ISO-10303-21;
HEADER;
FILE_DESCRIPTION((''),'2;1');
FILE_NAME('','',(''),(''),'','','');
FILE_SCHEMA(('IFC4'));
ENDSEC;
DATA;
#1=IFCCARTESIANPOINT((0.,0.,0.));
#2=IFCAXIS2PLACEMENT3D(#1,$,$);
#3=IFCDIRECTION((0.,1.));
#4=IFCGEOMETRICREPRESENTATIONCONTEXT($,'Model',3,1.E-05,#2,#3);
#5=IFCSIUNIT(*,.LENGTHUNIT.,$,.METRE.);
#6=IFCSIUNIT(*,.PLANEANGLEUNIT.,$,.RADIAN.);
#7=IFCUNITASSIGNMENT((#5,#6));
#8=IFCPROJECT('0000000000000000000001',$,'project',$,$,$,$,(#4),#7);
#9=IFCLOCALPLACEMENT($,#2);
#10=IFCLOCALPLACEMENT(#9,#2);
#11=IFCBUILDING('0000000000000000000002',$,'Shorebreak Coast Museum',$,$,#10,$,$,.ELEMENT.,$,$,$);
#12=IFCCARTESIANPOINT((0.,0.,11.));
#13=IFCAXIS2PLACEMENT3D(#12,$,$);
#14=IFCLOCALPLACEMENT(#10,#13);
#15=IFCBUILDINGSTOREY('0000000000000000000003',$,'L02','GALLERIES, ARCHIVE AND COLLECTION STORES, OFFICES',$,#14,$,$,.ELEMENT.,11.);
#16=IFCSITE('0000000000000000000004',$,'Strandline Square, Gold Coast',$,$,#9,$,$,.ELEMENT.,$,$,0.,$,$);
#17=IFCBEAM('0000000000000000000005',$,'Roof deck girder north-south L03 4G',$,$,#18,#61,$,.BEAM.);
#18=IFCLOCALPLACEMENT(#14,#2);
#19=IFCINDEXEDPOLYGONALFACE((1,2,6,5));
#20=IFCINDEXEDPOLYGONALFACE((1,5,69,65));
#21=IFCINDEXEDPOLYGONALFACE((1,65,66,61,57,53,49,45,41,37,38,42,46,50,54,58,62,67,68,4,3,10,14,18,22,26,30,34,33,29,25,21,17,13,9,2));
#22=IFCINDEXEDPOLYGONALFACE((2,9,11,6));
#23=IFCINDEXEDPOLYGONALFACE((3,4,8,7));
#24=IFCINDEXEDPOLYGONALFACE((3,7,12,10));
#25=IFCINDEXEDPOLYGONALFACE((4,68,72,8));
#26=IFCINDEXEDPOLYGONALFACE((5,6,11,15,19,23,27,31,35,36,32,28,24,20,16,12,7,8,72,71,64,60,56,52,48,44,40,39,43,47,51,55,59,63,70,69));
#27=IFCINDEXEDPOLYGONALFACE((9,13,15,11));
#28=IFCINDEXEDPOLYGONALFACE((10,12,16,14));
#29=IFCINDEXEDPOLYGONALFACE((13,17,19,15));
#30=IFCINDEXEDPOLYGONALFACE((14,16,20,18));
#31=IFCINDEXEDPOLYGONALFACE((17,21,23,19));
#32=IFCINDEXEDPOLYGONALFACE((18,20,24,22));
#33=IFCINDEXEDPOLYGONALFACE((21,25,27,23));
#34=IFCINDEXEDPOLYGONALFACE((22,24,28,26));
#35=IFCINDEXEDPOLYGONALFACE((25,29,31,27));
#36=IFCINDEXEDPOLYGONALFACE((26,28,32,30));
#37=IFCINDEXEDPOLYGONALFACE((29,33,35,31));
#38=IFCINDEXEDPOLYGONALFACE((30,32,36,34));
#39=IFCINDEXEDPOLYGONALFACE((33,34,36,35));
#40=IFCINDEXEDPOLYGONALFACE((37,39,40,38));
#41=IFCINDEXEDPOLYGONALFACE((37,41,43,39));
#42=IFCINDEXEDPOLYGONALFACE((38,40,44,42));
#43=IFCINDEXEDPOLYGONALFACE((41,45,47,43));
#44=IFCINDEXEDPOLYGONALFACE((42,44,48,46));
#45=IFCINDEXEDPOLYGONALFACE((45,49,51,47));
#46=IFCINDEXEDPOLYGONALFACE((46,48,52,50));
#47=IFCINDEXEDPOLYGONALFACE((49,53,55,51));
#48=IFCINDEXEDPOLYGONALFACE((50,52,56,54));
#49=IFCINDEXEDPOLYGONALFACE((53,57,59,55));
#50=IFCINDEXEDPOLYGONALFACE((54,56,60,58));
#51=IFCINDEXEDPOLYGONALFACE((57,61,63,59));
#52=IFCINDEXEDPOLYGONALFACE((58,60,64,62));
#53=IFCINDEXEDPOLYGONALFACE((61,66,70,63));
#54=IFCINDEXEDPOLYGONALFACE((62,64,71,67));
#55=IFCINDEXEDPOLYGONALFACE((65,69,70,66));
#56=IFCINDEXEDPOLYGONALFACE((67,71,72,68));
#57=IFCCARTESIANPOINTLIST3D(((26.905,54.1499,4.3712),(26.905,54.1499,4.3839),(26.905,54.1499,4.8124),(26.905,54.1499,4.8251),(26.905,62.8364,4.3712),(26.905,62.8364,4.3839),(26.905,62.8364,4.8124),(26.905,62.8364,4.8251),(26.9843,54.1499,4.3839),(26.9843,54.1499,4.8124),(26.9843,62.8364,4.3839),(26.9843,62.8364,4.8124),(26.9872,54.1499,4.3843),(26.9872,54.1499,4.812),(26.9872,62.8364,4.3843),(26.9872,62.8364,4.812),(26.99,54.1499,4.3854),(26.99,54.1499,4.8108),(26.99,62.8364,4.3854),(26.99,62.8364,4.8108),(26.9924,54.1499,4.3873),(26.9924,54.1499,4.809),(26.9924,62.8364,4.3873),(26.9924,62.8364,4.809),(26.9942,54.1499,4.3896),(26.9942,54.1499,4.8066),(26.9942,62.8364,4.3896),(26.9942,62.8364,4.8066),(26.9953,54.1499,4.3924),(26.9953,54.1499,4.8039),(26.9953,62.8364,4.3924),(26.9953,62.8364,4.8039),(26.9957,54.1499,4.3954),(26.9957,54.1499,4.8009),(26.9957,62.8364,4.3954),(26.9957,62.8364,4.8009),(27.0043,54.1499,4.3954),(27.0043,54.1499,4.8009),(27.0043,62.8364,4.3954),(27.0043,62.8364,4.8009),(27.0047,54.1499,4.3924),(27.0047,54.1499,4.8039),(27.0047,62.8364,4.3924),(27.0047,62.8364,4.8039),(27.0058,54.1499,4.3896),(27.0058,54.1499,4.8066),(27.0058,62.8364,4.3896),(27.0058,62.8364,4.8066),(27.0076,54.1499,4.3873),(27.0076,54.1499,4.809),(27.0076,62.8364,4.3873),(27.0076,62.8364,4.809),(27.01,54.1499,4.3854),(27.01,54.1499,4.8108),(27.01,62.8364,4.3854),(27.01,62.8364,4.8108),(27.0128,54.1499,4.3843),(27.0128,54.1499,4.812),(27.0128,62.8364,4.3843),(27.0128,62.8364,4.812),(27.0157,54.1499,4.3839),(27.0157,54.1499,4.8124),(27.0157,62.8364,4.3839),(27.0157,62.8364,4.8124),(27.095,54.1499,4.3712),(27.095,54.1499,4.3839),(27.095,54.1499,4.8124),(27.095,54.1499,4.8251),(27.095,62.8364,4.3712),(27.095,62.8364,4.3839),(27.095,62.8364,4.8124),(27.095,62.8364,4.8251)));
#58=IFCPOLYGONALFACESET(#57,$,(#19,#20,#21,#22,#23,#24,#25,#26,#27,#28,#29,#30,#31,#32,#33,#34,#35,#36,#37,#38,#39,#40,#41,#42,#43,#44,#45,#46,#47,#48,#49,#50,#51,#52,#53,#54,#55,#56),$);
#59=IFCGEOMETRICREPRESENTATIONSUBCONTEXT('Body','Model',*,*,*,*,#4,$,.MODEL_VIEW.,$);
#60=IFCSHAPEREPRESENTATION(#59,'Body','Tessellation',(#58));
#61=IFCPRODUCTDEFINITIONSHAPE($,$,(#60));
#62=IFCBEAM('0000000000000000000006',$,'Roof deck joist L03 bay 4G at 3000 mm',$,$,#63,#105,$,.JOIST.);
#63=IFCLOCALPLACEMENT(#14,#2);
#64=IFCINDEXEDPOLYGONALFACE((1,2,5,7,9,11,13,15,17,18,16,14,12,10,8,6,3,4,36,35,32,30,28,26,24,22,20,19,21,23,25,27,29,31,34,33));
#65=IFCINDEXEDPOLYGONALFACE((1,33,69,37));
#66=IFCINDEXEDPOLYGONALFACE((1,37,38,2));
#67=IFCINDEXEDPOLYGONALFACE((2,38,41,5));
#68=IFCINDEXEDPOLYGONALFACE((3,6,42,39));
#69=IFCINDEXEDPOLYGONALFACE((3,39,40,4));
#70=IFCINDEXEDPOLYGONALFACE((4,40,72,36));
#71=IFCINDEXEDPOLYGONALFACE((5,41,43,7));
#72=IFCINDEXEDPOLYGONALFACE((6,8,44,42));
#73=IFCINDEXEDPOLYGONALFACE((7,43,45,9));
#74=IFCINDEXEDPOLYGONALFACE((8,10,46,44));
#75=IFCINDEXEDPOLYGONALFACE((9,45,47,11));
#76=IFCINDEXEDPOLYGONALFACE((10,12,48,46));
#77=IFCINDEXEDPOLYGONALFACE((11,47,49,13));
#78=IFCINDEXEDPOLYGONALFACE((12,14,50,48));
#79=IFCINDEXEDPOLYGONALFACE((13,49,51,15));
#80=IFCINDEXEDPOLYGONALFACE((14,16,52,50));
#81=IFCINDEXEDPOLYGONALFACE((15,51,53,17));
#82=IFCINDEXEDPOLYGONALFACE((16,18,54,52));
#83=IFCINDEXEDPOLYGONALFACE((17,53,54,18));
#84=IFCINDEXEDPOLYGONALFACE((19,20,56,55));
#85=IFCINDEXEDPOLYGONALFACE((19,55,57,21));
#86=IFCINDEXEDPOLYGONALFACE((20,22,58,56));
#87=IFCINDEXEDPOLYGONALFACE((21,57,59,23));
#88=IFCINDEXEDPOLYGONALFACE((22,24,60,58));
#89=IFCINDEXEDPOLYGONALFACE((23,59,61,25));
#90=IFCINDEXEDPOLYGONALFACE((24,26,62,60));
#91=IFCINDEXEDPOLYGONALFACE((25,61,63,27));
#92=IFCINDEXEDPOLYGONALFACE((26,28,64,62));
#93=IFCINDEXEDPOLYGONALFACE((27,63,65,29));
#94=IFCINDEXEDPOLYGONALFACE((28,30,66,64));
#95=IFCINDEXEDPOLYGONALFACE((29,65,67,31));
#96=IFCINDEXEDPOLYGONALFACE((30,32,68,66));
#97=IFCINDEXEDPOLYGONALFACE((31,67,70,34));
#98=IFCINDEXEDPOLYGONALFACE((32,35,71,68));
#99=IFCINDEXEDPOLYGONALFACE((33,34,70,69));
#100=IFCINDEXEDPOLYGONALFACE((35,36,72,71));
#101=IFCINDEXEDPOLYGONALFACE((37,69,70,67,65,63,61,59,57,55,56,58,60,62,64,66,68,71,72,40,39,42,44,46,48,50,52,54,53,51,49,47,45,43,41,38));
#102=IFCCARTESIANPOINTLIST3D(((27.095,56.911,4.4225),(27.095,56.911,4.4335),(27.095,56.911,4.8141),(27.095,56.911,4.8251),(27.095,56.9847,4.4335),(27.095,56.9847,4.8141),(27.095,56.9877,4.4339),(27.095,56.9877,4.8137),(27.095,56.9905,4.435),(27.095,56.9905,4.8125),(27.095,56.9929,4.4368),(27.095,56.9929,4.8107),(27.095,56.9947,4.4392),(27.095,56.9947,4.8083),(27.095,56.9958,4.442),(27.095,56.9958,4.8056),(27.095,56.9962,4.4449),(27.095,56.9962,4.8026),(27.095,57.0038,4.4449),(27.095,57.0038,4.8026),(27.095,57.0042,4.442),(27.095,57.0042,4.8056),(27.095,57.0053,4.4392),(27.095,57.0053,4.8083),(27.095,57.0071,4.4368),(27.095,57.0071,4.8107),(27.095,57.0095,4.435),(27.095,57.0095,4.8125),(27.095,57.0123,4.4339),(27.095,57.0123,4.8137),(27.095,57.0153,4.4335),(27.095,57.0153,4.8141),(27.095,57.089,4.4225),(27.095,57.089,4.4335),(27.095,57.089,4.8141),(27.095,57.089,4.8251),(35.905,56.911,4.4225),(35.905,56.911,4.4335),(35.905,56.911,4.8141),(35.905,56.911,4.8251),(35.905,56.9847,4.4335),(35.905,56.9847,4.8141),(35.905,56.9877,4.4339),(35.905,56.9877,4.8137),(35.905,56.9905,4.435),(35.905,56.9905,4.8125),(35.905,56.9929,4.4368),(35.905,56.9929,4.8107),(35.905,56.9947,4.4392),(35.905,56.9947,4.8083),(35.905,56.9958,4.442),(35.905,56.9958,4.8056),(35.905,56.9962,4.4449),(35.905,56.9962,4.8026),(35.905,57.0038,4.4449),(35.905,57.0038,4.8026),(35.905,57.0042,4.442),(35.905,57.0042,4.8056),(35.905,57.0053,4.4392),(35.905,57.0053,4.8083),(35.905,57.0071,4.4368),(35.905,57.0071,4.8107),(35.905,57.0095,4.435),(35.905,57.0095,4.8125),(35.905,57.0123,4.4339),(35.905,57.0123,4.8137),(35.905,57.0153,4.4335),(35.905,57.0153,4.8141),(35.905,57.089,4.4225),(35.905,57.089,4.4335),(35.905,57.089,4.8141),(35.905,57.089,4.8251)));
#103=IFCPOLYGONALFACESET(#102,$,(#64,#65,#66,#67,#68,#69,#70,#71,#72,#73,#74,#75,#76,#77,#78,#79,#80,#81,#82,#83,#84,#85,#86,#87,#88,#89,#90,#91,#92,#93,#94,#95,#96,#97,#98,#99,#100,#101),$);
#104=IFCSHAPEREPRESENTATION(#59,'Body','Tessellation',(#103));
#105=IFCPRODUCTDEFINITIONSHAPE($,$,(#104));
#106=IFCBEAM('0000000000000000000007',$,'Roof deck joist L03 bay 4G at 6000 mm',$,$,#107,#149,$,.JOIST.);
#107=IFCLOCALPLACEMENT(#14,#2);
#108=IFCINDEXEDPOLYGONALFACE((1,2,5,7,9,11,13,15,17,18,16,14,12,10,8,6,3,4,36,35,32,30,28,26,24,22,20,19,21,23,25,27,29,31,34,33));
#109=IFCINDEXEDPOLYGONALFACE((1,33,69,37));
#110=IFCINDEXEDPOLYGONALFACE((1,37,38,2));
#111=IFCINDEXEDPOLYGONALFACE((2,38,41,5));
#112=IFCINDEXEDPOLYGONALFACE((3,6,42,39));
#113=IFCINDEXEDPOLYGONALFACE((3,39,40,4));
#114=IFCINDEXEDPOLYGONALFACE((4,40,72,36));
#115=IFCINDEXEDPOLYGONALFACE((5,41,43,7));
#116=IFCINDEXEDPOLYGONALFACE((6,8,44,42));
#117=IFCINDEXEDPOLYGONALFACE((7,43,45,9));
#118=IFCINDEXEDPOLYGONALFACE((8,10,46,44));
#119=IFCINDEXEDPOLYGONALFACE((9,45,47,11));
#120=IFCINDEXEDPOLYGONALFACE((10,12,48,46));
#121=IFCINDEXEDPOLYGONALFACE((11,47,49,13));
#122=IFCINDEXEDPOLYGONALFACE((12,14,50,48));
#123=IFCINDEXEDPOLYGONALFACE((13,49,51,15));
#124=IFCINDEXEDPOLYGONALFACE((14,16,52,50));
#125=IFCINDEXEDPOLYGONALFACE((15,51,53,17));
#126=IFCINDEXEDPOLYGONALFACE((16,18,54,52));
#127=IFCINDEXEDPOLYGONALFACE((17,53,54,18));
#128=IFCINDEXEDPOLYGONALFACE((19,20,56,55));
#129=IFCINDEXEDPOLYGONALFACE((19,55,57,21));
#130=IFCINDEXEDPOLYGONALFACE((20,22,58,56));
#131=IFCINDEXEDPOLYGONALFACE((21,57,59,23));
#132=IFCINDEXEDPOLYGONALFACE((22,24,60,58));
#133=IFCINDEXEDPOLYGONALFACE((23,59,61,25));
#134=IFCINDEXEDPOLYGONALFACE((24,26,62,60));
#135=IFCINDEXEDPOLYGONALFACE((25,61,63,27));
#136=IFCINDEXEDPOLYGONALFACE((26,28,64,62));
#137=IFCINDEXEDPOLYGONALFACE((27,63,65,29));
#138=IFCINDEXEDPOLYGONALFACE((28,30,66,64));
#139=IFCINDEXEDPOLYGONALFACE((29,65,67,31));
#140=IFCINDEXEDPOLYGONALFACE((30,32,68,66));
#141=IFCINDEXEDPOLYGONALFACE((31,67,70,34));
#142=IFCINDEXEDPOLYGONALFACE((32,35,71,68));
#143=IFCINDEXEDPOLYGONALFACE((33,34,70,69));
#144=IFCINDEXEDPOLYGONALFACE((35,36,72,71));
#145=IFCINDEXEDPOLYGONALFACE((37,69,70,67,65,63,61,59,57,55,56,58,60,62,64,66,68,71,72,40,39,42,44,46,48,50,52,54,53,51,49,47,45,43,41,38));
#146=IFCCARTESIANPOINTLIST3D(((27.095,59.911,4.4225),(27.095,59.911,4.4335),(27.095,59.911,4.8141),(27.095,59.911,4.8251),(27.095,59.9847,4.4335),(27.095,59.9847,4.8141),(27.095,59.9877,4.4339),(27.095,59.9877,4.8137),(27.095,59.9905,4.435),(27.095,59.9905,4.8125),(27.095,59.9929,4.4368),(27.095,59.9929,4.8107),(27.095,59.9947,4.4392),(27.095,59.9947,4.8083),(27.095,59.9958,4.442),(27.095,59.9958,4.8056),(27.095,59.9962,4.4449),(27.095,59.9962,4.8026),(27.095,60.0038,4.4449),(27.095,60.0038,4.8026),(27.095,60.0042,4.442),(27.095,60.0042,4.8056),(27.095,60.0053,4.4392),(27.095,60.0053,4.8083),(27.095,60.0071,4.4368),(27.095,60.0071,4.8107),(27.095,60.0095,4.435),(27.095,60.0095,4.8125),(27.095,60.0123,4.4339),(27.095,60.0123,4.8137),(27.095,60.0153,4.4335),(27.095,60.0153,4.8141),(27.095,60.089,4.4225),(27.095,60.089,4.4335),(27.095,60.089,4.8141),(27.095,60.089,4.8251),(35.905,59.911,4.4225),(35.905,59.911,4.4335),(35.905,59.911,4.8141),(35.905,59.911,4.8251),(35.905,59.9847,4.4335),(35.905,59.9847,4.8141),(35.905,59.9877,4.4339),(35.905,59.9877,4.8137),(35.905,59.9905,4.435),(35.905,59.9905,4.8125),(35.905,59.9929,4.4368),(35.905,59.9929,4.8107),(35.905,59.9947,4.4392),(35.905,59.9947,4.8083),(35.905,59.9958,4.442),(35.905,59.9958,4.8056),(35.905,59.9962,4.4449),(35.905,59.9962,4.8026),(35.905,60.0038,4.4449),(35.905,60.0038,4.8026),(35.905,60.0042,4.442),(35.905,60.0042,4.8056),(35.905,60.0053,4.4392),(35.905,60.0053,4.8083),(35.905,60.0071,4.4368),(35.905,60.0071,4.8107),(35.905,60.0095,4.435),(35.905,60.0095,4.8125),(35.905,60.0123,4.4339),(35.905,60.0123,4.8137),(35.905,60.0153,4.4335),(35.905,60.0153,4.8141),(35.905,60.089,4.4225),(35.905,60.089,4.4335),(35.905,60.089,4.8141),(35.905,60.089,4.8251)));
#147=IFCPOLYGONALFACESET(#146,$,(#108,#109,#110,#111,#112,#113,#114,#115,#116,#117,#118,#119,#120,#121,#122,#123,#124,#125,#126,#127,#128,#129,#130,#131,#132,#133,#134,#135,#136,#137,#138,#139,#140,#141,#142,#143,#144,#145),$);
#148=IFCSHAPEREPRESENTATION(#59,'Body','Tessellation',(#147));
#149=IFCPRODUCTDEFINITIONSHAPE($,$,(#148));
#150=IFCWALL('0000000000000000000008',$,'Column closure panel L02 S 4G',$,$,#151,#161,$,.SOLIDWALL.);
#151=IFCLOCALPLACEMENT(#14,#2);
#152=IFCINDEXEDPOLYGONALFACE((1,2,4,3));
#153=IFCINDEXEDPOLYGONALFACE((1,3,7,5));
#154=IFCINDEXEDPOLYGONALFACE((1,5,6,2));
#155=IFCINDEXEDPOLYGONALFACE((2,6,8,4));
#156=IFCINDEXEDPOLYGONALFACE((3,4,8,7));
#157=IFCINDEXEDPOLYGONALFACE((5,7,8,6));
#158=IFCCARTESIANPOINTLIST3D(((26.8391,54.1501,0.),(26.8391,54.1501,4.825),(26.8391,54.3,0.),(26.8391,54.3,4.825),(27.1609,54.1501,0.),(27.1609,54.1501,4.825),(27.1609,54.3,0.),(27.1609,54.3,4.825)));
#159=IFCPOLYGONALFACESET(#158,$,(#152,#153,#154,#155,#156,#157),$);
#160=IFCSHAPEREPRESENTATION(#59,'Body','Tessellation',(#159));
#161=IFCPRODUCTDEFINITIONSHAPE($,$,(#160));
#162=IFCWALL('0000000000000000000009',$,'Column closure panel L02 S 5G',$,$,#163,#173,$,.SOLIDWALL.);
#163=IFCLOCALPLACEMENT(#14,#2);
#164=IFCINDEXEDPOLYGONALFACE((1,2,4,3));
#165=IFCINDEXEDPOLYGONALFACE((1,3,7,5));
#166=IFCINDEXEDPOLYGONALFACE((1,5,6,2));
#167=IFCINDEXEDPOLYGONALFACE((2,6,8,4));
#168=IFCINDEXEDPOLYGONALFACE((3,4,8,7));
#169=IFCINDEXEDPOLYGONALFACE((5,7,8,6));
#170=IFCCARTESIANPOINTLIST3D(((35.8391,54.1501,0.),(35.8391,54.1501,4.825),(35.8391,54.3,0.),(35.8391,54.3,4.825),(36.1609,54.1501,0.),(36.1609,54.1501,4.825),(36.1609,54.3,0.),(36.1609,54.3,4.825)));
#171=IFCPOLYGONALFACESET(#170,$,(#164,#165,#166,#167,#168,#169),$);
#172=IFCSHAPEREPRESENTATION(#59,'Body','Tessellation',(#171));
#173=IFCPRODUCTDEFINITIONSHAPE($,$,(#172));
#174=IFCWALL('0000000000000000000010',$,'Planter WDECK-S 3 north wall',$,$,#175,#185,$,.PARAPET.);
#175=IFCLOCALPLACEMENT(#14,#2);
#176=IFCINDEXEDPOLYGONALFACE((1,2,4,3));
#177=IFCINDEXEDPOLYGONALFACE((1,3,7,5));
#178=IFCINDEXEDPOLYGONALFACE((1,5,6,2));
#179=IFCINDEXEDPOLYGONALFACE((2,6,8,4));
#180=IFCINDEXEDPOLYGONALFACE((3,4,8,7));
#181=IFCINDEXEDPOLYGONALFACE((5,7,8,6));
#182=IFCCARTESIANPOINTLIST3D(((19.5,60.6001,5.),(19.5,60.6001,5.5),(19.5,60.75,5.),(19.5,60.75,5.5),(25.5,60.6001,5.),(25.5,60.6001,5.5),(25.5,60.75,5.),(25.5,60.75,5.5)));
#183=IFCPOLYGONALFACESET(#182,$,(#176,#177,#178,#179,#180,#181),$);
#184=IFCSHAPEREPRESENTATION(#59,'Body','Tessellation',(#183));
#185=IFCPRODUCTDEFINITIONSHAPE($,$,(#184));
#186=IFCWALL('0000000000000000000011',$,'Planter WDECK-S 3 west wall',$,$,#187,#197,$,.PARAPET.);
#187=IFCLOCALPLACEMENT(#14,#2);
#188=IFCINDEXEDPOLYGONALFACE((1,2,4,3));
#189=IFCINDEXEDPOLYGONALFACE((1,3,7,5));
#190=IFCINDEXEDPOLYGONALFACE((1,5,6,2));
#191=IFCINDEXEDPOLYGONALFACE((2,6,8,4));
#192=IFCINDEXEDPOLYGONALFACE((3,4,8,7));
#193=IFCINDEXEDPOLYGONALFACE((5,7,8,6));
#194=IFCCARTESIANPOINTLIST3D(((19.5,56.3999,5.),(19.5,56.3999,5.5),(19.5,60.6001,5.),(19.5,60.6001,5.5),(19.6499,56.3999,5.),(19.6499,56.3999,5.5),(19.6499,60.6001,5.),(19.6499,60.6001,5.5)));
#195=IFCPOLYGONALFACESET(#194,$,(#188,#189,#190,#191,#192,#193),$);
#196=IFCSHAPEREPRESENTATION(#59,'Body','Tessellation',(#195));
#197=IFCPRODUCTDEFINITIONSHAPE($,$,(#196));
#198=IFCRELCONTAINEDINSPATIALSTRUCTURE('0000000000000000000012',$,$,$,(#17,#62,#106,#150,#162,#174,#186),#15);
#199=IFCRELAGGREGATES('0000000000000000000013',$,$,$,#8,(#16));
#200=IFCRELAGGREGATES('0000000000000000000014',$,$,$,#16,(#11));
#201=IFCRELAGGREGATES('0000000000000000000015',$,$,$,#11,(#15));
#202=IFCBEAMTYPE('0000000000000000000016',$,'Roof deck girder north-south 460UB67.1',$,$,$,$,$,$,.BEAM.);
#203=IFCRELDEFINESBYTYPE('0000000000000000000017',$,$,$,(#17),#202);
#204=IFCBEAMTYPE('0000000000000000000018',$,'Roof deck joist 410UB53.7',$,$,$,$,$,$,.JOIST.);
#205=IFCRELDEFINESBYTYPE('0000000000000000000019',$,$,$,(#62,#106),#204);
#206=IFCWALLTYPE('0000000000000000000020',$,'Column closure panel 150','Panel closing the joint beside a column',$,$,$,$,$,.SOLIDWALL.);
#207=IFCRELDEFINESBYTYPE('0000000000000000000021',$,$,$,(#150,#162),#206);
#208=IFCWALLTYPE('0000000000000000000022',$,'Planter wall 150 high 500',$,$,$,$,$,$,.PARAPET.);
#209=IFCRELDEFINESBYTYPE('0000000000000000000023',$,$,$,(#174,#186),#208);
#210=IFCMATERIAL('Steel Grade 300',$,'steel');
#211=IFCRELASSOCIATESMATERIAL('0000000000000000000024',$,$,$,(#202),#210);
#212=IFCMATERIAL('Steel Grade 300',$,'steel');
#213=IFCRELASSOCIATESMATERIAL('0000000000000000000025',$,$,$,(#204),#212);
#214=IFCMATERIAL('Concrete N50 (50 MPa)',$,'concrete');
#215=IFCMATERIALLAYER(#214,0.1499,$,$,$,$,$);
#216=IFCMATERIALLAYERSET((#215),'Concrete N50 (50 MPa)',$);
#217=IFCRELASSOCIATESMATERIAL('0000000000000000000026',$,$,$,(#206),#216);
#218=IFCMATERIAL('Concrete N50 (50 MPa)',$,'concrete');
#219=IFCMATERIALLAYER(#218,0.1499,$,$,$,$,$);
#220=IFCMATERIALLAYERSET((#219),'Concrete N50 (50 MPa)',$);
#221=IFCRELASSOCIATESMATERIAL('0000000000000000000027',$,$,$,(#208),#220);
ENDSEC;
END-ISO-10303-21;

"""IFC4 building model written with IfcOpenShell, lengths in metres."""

from ifc_helpers import new_model, si_unit, direction, frame, frame_2d, origin, origin_2d, place, context, subcontext, project, spatial, rectangle, i_section, extrude, material, layer, layer_set, material_profile, profile_set, type_object, element, save


model = new_model("IFC4")

# Units and contexts
model_context = context("Model", 3, precision=1e-05, world=origin(), true_north=direction((0.0, 1.0)))
body_context = subcontext(model_context, "Body", "Model", "MODEL_VIEW")
ifc_project = project(units=[si_unit("LENGTHUNIT", "METRE"), si_unit("PLANEANGLEUNIT", "RADIAN")], contexts=[model_context])

# Site, building, storey
site_placement = place(None, origin())
site = spatial("IfcSite", under=ifc_project, at=site_placement, Name="Strandline Square, Gold Coast", CompositionType="ELEMENT", RefElevation=0.0)
building_placement = place(site_placement, origin())
building = spatial("IfcBuilding", under=site, at=building_placement, Name="Shorebreak Coast Museum", CompositionType="ELEMENT")
storey_placement = place(building_placement, frame((0.0, 0.0, 11.0)))
storey = spatial("IfcBuildingStorey", under=building, at=storey_placement, Name="L02", Description="GALLERIES, ARCHIVE AND COLLECTION STORES, OFFICES", CompositionType="ELEMENT", Elevation=11.0)

# Beams
ifc_material_1 = material(Name="Steel Grade 300", Category="steel")
ifc_material_profile_1 = material_profile(ifc_material_1, i_section(OverallWidth=0.1899, OverallDepth=0.4539, WebThickness=0.0085, FlangeThickness=0.0127, FilletRadius=0.0115, at=origin_2d()), Name="460UB67.1")
ifc_profile_set_1 = profile_set([ifc_material_profile_1], Name="Steel Grade 300")
beam_type_1 = type_object("IfcBeamType", Name="Roof deck girder north-south 460UB67.1", PredefinedType="BEAM", material=ifc_profile_set_1)
beam_1_placement = place(storey_placement, frame((27.0, 54.1499, 4.5981), z_axis=(0.0, 1.0, 0.0), x_axis=(-1.0, 0.0, 0.0)))
element("IfcBeam", 1, at=beam_1_placement, inside=storey, type_object=beam_type_1, Name="Roof deck girder north-south L03 4G", PredefinedType="BEAM", context=body_context, shape_type="SweptSolid", body=[
    extrude(i_section(OverallWidth=0.1899, OverallDepth=0.4539, WebThickness=0.0085, FlangeThickness=0.0127, FilletRadius=0.0115, at=origin_2d()), origin(), (0.0, 0.0, 1.0), 8.6865),
])
ifc_material_2 = material(Name="Steel Grade 300", Category="steel")
ifc_material_profile_2 = material_profile(ifc_material_2, i_section(OverallWidth=0.178, OverallDepth=0.4026, WebThickness=0.0076, FlangeThickness=0.011, FilletRadius=0.0115, at=origin_2d()), Name="410UB53.7")
ifc_profile_set_2 = profile_set([ifc_material_profile_2], Name="Steel Grade 300")
beam_type_2 = type_object("IfcBeamType", Name="Roof deck joist 410UB53.7", PredefinedType="JOIST", material=ifc_profile_set_2)
for number, where, z_axis, x_axis, name in (
    (2, (27.095, 57.0, 4.6238), (1.0, 0.0, 0.0), (0.0, 1.0, 0.0), "Roof deck joist L03 bay 4G at 3000 mm"),
    (3, (27.095, 60.0, 4.6238), (1.0, 0.0, 0.0), (0.0, 1.0, 0.0), "Roof deck joist L03 bay 4G at 6000 mm"),
):
    element("IfcBeam", number, at=place(storey_placement, frame(where, z_axis=z_axis, x_axis=x_axis)), inside=storey, type_object=beam_type_2, Name=name, PredefinedType="JOIST", context=body_context, shape_type="SweptSolid", body=[
        extrude(i_section(OverallWidth=0.178, OverallDepth=0.4026, WebThickness=0.0076, FlangeThickness=0.011, FilletRadius=0.0115, at=origin_2d()), origin(), (0.0, 0.0, 1.0), 8.8101),
    ])

# Walls
ifc_material_3 = material(Name="Concrete N50 (50 MPa)", Category="concrete")
ifc_layer_1 = layer(ifc_material_3, 0.1499)
ifc_layer_set_1 = layer_set([ifc_layer_1], Name="Concrete N50 (50 MPa)")
wall_type_1 = type_object("IfcWallType", Name="Column closure panel 150", Description="Panel closing the joint beside a column", PredefinedType="SOLIDWALL", material=ifc_layer_set_1)
for number, where, z_axis, x_axis, name in (
    (4, (26.8391, 54.2251, 0.0), (0.0, 0.0, 1.0), (1.0, 0.0, 0.0), "Column closure panel L02 S 4G"),
    (5, (35.8391, 54.2251, 0.0), (0.0, 0.0, 1.0), (1.0, 0.0, 0.0), "Column closure panel L02 S 5G"),
):
    element("IfcWall", number, at=place(storey_placement, frame(where, z_axis=z_axis, x_axis=x_axis)), inside=storey, type_object=wall_type_1, Name=name, PredefinedType="SOLIDWALL", context=body_context, shape_type="SweptSolid", body=[
        extrude(rectangle(XDim=0.3218, YDim=0.1499, at=frame_2d((0.1609, 0.0))), origin(), (0.0, 0.0, 1.0), 4.825),
    ])
ifc_material_4 = material(Name="Concrete N50 (50 MPa)", Category="concrete")
ifc_layer_2 = layer(ifc_material_4, 0.1499)
ifc_layer_set_2 = layer_set([ifc_layer_2], Name="Concrete N50 (50 MPa)")
wall_type_2 = type_object("IfcWallType", Name="Planter wall 150 high 500", PredefinedType="PARAPET", material=ifc_layer_set_2)
wall_1_placement = place(storey_placement, frame((19.5, 60.675, 5.0), z_axis=(0.0, 0.0, 1.0), x_axis=(1.0, 0.0, 0.0)))
element("IfcWall", 6, at=wall_1_placement, inside=storey, type_object=wall_type_2, Name="Planter WDECK-S 3 north wall", PredefinedType="PARAPET", context=body_context, shape_type="SweptSolid", body=[
    extrude(rectangle(XDim=6.0, YDim=0.1499, at=frame_2d((3.0, 0.0))), origin(), (0.0, 0.0, 1.0), 0.5),
])
for number, where, z_axis, x_axis, name in (
    (7, (19.575, 56.3999, 5.0), (0.0, 0.0, 1.0), (0.0, 1.0, 0.0), "Planter WDECK-S 3 west wall"),
):
    element("IfcWall", number, at=place(storey_placement, frame(where, z_axis=z_axis, x_axis=x_axis)), inside=storey, type_object=wall_type_2, Name=name, PredefinedType="PARAPET", context=body_context, shape_type="SweptSolid", body=[
        extrude(rectangle(XDim=4.2002, YDim=0.1499, at=frame_2d((2.1001, 0.0))), origin(), (0.0, 0.0, 1.0), 0.5),
    ])

save(model, "model.ifc")
